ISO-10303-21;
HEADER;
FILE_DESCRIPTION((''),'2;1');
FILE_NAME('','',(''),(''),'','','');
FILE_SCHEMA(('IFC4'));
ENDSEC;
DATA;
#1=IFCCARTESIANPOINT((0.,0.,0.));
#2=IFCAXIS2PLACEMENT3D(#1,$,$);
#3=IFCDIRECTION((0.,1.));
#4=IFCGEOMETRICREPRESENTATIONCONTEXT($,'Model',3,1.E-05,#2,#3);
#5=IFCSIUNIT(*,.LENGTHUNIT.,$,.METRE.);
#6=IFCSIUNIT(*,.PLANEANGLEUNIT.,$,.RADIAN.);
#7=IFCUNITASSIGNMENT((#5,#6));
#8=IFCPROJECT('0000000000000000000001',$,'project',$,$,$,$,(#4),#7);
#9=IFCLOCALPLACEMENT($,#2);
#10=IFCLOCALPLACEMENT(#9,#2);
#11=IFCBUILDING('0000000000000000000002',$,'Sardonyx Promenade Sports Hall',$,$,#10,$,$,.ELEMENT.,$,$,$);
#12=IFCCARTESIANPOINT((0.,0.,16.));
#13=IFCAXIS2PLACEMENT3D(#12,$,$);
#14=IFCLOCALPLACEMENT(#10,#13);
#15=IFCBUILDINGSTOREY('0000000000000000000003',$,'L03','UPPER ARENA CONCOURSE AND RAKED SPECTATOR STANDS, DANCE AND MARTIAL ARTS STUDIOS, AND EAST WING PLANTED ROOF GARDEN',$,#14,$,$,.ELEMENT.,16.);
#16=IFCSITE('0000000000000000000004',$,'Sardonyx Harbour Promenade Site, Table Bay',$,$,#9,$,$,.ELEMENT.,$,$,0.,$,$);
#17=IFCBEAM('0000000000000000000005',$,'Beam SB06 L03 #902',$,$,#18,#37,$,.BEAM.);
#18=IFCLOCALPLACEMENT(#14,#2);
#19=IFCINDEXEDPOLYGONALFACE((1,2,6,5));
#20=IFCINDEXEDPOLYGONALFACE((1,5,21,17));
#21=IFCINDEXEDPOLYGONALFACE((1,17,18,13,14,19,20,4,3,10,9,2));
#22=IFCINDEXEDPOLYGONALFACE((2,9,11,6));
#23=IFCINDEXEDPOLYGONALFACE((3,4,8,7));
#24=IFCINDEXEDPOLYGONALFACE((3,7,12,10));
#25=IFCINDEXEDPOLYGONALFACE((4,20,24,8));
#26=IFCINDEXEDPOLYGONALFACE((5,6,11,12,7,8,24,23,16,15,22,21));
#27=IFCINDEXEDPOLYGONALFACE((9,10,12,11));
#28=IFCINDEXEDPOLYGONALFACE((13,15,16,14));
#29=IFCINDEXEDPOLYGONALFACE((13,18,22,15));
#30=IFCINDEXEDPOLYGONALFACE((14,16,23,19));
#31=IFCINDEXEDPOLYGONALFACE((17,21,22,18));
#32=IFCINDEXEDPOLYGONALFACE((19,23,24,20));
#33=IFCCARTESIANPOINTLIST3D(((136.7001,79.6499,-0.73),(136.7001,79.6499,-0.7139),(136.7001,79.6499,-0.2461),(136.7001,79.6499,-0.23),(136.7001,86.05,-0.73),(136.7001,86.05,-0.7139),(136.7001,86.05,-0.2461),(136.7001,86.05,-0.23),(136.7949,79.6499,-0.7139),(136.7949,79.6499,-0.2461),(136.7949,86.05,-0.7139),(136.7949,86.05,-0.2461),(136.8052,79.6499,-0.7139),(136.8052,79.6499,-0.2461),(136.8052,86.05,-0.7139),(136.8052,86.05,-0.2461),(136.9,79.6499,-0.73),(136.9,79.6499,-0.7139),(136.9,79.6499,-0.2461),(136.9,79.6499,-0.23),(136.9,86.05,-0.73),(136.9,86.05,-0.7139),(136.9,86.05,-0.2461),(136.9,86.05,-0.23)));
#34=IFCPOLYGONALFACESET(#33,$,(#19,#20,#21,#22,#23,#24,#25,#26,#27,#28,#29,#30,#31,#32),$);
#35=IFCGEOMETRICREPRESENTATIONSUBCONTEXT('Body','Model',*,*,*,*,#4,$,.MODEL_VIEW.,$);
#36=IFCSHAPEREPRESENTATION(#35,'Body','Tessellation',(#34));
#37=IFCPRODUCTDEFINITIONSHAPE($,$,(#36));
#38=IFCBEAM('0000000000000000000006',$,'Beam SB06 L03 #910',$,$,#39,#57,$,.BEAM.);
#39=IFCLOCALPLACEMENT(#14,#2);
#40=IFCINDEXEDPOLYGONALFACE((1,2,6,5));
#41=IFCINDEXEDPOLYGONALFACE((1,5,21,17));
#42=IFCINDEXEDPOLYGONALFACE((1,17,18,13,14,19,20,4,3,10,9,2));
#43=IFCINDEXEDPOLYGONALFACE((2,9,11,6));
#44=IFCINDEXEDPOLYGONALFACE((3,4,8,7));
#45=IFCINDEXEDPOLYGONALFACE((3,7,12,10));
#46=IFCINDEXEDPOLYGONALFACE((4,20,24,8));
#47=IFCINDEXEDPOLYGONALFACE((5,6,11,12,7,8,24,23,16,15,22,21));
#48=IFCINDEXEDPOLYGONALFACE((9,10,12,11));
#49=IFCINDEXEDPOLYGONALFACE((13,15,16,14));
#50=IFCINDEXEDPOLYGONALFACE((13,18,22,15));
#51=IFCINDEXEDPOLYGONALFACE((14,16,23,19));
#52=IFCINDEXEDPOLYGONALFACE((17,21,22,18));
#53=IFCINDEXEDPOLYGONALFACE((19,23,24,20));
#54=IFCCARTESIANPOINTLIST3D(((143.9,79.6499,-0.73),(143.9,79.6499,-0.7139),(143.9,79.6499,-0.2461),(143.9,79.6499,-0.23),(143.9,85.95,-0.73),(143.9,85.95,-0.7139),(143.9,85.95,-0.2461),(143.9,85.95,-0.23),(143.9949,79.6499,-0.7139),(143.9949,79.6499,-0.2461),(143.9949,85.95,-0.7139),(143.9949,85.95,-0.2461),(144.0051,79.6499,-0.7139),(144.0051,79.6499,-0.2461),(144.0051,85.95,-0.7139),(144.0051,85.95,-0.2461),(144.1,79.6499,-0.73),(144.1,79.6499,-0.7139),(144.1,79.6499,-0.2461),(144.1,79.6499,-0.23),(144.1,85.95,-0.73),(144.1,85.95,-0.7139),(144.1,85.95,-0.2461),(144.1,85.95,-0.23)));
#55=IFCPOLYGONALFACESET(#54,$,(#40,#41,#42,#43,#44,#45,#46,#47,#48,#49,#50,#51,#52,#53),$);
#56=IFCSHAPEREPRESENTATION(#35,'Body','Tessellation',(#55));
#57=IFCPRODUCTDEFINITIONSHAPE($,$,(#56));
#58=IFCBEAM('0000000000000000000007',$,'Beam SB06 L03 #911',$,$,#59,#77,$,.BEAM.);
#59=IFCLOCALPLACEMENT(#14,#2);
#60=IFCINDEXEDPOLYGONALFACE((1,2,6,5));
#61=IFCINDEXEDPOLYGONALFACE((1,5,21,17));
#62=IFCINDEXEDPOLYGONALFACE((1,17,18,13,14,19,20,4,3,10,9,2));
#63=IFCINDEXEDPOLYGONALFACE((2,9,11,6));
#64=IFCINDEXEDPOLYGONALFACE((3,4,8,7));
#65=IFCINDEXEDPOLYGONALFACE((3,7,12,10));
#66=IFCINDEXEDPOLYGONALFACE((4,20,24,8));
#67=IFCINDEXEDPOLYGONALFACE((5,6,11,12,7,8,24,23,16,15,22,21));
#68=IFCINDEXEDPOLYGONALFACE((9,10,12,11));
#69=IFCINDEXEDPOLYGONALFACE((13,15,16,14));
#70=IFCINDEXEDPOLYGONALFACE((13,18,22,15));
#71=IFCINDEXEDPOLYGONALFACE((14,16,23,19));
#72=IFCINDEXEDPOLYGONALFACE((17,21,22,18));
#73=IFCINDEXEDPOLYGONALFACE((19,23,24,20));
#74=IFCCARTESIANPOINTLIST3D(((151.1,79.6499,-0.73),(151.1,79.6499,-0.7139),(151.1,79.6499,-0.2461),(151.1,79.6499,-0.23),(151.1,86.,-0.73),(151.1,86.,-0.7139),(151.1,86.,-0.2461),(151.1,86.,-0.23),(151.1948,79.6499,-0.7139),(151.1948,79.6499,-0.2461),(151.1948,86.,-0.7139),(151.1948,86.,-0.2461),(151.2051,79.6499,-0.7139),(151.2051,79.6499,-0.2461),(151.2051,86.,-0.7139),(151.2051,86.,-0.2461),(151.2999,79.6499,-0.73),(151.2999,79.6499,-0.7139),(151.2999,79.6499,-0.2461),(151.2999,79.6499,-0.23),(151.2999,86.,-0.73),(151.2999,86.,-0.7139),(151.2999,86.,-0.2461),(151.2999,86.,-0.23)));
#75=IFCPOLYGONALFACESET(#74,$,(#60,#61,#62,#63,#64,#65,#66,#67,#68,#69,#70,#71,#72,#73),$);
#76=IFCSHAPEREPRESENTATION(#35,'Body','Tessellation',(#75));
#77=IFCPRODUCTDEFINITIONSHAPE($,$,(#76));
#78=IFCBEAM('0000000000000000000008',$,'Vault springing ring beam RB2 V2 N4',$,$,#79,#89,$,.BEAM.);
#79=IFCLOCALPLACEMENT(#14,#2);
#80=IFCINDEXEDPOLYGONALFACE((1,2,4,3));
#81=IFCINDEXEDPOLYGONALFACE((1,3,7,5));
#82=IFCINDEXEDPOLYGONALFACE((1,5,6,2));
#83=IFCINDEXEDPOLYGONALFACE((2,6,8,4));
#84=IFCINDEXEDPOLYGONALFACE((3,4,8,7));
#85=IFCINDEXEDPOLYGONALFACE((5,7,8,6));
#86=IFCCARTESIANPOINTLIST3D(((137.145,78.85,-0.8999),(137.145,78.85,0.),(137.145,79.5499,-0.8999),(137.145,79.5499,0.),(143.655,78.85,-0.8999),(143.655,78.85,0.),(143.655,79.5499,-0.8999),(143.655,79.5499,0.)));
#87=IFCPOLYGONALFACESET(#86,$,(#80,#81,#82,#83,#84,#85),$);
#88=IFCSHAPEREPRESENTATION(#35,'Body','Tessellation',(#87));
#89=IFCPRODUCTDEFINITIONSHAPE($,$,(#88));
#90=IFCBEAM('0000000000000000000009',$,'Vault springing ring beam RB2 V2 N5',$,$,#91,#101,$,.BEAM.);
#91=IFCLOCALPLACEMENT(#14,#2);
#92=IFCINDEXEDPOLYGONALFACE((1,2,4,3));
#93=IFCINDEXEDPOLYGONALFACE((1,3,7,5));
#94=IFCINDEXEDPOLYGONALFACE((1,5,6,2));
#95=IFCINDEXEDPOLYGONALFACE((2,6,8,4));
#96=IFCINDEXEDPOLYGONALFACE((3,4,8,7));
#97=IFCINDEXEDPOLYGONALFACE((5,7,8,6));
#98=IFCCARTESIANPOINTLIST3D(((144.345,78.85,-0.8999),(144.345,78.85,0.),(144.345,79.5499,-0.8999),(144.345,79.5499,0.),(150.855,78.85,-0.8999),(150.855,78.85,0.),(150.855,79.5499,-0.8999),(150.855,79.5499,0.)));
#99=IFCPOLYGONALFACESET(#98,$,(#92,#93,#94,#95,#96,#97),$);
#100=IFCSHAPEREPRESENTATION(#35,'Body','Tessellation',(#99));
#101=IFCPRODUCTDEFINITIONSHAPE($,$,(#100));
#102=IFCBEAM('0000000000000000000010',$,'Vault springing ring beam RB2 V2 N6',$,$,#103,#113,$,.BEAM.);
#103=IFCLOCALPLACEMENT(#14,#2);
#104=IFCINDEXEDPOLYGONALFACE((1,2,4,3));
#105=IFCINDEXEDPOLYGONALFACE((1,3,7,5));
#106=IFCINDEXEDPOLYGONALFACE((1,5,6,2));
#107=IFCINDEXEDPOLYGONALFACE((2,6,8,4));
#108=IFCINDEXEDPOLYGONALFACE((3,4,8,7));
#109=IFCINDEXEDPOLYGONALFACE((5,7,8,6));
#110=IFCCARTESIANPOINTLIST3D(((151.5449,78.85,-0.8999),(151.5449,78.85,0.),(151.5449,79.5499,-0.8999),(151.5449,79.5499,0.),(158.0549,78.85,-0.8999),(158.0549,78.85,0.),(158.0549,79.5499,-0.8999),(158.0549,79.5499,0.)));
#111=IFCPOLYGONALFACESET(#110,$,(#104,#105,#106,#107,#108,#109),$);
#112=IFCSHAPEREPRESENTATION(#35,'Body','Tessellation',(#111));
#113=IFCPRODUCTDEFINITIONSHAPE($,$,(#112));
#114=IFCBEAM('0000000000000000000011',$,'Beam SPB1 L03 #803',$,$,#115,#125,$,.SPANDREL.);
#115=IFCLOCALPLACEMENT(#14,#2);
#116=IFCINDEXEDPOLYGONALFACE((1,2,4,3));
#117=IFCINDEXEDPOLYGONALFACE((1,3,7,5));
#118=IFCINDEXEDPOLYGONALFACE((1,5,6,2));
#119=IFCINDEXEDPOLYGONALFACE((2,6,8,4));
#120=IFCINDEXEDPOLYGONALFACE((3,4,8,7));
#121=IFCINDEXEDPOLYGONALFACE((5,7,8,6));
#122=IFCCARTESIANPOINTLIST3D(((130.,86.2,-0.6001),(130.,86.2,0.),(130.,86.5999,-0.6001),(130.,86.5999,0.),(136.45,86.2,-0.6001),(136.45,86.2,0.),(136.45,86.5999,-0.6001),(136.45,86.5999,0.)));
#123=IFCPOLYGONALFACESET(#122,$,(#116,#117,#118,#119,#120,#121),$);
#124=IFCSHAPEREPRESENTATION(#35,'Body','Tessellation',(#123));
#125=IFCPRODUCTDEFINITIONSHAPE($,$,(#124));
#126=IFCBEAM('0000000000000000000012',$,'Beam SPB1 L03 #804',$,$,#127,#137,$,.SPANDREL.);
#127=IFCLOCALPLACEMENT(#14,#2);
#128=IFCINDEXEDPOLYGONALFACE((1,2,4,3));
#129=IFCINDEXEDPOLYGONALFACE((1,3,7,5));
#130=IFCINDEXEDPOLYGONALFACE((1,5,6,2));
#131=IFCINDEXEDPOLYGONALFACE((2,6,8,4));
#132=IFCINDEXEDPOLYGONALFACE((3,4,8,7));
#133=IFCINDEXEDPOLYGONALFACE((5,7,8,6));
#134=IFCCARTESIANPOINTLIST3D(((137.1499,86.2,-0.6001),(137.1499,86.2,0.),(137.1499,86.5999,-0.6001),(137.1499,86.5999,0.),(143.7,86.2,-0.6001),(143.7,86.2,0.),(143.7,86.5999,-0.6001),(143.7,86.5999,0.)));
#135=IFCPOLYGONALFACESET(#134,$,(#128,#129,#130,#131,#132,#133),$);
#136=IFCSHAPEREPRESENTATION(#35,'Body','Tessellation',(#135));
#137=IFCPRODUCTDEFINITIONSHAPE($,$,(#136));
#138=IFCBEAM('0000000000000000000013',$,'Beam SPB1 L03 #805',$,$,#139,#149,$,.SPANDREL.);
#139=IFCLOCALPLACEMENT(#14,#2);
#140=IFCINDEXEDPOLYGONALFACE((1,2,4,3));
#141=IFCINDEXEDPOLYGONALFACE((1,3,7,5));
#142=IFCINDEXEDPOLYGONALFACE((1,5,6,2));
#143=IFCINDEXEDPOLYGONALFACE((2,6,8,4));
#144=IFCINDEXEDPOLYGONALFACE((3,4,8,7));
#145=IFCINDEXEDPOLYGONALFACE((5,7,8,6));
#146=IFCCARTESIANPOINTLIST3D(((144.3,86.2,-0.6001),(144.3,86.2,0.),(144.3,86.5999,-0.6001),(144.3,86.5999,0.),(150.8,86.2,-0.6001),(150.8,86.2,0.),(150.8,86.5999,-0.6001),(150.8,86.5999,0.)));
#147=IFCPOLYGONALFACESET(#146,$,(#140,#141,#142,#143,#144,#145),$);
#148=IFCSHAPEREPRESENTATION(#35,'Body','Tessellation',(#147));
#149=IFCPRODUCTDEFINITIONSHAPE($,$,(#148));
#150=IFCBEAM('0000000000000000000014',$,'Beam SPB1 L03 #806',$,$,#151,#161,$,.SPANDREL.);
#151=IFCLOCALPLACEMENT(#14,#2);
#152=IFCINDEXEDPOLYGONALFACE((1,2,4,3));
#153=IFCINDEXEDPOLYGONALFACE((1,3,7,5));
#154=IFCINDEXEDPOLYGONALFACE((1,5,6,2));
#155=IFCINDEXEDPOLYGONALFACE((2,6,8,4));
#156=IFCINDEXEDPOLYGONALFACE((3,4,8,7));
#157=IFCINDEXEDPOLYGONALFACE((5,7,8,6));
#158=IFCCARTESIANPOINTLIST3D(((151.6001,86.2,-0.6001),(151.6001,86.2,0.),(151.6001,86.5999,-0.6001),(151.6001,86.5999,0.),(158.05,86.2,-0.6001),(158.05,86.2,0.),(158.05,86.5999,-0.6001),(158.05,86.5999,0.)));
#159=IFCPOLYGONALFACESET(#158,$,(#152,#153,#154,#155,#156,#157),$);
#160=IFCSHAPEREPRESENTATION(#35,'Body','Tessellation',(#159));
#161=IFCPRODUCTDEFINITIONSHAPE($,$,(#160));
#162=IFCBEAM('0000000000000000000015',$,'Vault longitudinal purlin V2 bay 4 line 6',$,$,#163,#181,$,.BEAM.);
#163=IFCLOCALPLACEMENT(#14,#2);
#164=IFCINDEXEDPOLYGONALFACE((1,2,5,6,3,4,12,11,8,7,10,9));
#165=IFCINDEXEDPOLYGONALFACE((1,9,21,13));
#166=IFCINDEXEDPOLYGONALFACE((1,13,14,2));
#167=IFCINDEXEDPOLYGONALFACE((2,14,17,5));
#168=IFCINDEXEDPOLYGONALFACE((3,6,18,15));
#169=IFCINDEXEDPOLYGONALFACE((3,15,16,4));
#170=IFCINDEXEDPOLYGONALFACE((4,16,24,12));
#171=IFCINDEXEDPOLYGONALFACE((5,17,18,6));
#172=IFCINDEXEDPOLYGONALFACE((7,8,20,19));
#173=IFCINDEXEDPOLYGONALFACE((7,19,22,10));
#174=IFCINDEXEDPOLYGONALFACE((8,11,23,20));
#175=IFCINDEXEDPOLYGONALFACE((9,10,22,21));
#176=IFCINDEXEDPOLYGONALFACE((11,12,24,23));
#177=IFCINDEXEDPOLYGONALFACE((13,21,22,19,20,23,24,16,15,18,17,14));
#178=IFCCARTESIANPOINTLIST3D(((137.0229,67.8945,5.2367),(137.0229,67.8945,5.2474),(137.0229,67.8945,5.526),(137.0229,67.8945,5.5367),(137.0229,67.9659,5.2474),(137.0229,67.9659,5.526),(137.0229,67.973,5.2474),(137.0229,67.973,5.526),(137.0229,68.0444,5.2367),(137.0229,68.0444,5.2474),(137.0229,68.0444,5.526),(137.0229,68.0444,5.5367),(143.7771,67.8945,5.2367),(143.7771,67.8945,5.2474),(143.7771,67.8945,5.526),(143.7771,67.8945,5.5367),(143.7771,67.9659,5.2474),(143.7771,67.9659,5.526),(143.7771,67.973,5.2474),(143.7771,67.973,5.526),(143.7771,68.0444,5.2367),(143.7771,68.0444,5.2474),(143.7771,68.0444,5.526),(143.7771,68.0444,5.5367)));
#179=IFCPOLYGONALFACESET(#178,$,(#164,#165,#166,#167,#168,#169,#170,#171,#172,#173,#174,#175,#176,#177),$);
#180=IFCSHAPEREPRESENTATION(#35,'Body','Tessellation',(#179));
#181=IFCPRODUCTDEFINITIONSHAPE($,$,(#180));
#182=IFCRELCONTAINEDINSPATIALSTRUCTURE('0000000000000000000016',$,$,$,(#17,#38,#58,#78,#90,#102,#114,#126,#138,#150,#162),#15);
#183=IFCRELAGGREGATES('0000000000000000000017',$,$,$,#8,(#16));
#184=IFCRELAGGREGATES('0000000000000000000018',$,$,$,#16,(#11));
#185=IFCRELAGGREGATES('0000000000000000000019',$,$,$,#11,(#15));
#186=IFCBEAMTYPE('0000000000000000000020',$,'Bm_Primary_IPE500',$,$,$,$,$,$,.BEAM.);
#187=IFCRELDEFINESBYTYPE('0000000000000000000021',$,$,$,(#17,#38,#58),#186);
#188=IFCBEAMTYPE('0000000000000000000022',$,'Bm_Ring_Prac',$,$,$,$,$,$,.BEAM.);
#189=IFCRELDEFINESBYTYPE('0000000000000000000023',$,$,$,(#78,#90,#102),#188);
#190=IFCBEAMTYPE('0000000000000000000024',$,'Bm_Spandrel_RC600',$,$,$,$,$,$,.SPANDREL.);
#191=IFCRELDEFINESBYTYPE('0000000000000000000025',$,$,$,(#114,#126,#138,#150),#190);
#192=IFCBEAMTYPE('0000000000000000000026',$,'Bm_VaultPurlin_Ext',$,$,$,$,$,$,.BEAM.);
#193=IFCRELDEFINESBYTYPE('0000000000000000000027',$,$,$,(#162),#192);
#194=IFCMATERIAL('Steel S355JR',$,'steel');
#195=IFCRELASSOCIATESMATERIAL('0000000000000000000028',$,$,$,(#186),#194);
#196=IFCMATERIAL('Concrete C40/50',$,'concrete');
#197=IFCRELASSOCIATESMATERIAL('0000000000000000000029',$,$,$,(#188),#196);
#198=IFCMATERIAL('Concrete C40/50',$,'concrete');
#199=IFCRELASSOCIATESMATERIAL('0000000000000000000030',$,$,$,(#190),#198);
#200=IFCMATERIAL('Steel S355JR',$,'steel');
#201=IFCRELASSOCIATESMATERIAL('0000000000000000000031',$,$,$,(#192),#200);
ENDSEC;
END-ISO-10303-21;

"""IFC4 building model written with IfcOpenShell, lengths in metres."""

from ifc_helpers import new_model, si_unit, direction, frame, origin, origin_2d, place, context, subcontext, project, spatial, rectangle, i_section, extrude, material, material_profile, profile_set, type_object, element, save


model = new_model("IFC4")

# Units and contexts
model_context = context("Model", 3, precision=1e-05, world=origin(), true_north=direction((0.0, 1.0)))
body_context = subcontext(model_context, "Body", "Model", "MODEL_VIEW")
ifc_project = project(units=[si_unit("LENGTHUNIT", "METRE"), si_unit("PLANEANGLEUNIT", "RADIAN")], contexts=[model_context])

# Site, building, storey
site_placement = place(None, origin())
site = spatial("IfcSite", under=ifc_project, at=site_placement, Name="Sardonyx Harbour Promenade Site, Table Bay", CompositionType="ELEMENT", RefElevation=0.0)
building_placement = place(site_placement, origin())
building = spatial("IfcBuilding", under=site, at=building_placement, Name="Sardonyx Promenade Sports Hall", CompositionType="ELEMENT")
storey_placement = place(building_placement, frame((0.0, 0.0, 16.0)))
storey = spatial("IfcBuildingStorey", under=building, at=storey_placement, Name="L03", Description="UPPER ARENA CONCOURSE AND RAKED SPECTATOR STANDS, DANCE AND MARTIAL ARTS STUDIOS, AND EAST WING PLANTED ROOF GARDEN", CompositionType="ELEMENT", Elevation=16.0)

# Beams
ifc_material_1 = material(Name="Steel S355JR", Category="steel")
ifc_material_profile_1 = material_profile(ifc_material_1, i_section(OverallWidth=0.2, OverallDepth=0.5, WebThickness=0.0103, FlangeThickness=0.0161, at=origin_2d()))
ifc_profile_set_1 = profile_set([ifc_material_profile_1], Name="Steel S355JR")
beam_type_1 = type_object("IfcBeamType", Name="Bm_Primary_IPE500", PredefinedType="BEAM", material=ifc_profile_set_1)
beam_1_placement = place(storey_placement, frame((136.8, 79.6499, -0.48), z_axis=(0.0, 1.0, 0.0), x_axis=(-1.0, 0.0, 0.0)))
element("IfcBeam", 1, at=beam_1_placement, inside=storey, type_object=beam_type_1, Name="Beam SB06 L03 #902", PredefinedType="BEAM", context=body_context, shape_type="SweptSolid", body=[
    extrude(i_section(OverallWidth=0.2, OverallDepth=0.5, WebThickness=0.0103, FlangeThickness=0.0161, at=origin_2d()), origin(), (0.0, 0.0, 1.0), 6.4001),
])
beam_2_placement = place(storey_placement, frame((144.0, 79.6499, -0.48), z_axis=(0.0, 1.0, 0.0), x_axis=(-1.0, 0.0, 0.0)))
element("IfcBeam", 2, at=beam_2_placement, inside=storey, type_object=beam_type_1, Name="Beam SB06 L03 #910", PredefinedType="BEAM", context=body_context, shape_type="SweptSolid", body=[
    extrude(i_section(OverallWidth=0.2, OverallDepth=0.5, WebThickness=0.0103, FlangeThickness=0.0161, at=origin_2d()), origin(), (0.0, 0.0, 1.0), 6.3),
])
beam_3_placement = place(storey_placement, frame((151.2, 79.6499, -0.48), z_axis=(0.0, 1.0, 0.0), x_axis=(-1.0, 0.0, 0.0)))
element("IfcBeam", 3, at=beam_3_placement, inside=storey, type_object=beam_type_1, Name="Beam SB06 L03 #911", PredefinedType="BEAM", context=body_context, shape_type="SweptSolid", body=[
    extrude(i_section(OverallWidth=0.2, OverallDepth=0.5, WebThickness=0.0103, FlangeThickness=0.0161, at=origin_2d()), origin(), (0.0, 0.0, 1.0), 6.3501),
])
ifc_material_2 = material(Name="Concrete C40/50", Category="concrete")
ifc_material_profile_2 = material_profile(ifc_material_2, rectangle(XDim=0.7, YDim=0.8999, at=origin_2d()))
ifc_profile_set_2 = profile_set([ifc_material_profile_2], Name="Concrete C40/50")
beam_type_2 = type_object("IfcBeamType", Name="Bm_Ring_Prac", PredefinedType="BEAM", material=ifc_profile_set_2)
for number, where, z_axis, x_axis, name in (
    (4, (137.145, 79.2, -0.45), (1.0, 0.0, 0.0), (0.0, 1.0, 0.0), "Vault springing ring beam RB2 V2 N4"),
    (5, (144.345, 79.2, -0.45), (1.0, 0.0, 0.0), (0.0, 1.0, 0.0), "Vault springing ring beam RB2 V2 N5"),
    (6, (151.5449, 79.2, -0.45), (1.0, 0.0, 0.0), (0.0, 1.0, 0.0), "Vault springing ring beam RB2 V2 N6"),
):
    element("IfcBeam", number, at=place(storey_placement, frame(where, z_axis=z_axis, x_axis=x_axis)), inside=storey, type_object=beam_type_2, Name=name, PredefinedType="BEAM", context=body_context, shape_type="SweptSolid", body=[
        extrude(rectangle(XDim=0.7, YDim=0.8999, at=origin_2d()), origin(), (0.0, 0.0, 1.0), 6.51),
    ])
ifc_material_3 = material(Name="Concrete C40/50", Category="concrete")
ifc_material_profile_3 = material_profile(ifc_material_3, rectangle(XDim=0.3999, YDim=0.6001, at=origin_2d()))
ifc_profile_set_3 = profile_set([ifc_material_profile_3], Name="Concrete C40/50")
beam_type_3 = type_object("IfcBeamType", Name="Bm_Spandrel_RC600", PredefinedType="SPANDREL", material=ifc_profile_set_3)
beam_4_placement = place(storey_placement, frame((130.0, 86.3999, -0.3), z_axis=(1.0, 0.0, 0.0), x_axis=(0.0, 1.0, 0.0)))
element("IfcBeam", 7, at=beam_4_placement, inside=storey, type_object=beam_type_3, Name="Beam SPB1 L03 #803", PredefinedType="SPANDREL", context=body_context, shape_type="SweptSolid", body=[
    extrude(rectangle(XDim=0.3999, YDim=0.6001, at=origin_2d()), origin(), (0.0, 0.0, 1.0), 6.45),
])
beam_5_placement = place(storey_placement, frame((137.1499, 86.3999, -0.3), z_axis=(1.0, 0.0, 0.0), x_axis=(0.0, 1.0, 0.0)))
element("IfcBeam", 8, at=beam_5_placement, inside=storey, type_object=beam_type_3, Name="Beam SPB1 L03 #804", PredefinedType="SPANDREL", context=body_context, shape_type="SweptSolid", body=[
    extrude(rectangle(XDim=0.3999, YDim=0.6001, at=origin_2d()), origin(), (0.0, 0.0, 1.0), 6.55),
])
beam_6_placement = place(storey_placement, frame((144.3, 86.3999, -0.3), z_axis=(1.0, 0.0, 0.0), x_axis=(0.0, 1.0, 0.0)))
element("IfcBeam", 9, at=beam_6_placement, inside=storey, type_object=beam_type_3, Name="Beam SPB1 L03 #805", PredefinedType="SPANDREL", context=body_context, shape_type="SweptSolid", body=[
    extrude(rectangle(XDim=0.3999, YDim=0.6001, at=origin_2d()), origin(), (0.0, 0.0, 1.0), 6.5),
])
beam_7_placement = place(storey_placement, frame((151.6001, 86.3999, -0.3), z_axis=(1.0, 0.0, 0.0), x_axis=(0.0, 1.0, 0.0)))
element("IfcBeam", 10, at=beam_7_placement, inside=storey, type_object=beam_type_3, Name="Beam SPB1 L03 #806", PredefinedType="SPANDREL", context=body_context, shape_type="SweptSolid", body=[
    extrude(rectangle(XDim=0.3999, YDim=0.6001, at=origin_2d()), origin(), (0.0, 0.0, 1.0), 6.45),
])
ifc_material_4 = material(Name="Steel S355JR", Category="steel")
ifc_material_profile_4 = material_profile(ifc_material_4, i_section(OverallWidth=0.1499, OverallDepth=0.3, WebThickness=0.0071, FlangeThickness=0.0107, at=origin_2d()))
ifc_profile_set_4 = profile_set([ifc_material_profile_4], Name="Steel S355JR")
beam_type_4 = type_object("IfcBeamType", Name="Bm_VaultPurlin_Ext", PredefinedType="BEAM", material=ifc_profile_set_4)
for number, where, z_axis, x_axis, name in (
    (11, (137.0229, 67.9695, 5.3867), (1.0, 0.0, 0.0), (0.0, 1.0, 0.0), "Vault longitudinal purlin V2 bay 4 line 6"),
):
    element("IfcBeam", number, at=place(storey_placement, frame(where, z_axis=z_axis, x_axis=x_axis)), inside=storey, type_object=beam_type_4, Name=name, PredefinedType="BEAM", context=body_context, shape_type="SweptSolid", body=[
        extrude(i_section(OverallWidth=0.1499, OverallDepth=0.3, WebThickness=0.0071, FlangeThickness=0.0107, at=origin_2d()), origin(), (0.0, 0.0, 1.0), 6.7542),
    ])

save(model, "model.ifc")
